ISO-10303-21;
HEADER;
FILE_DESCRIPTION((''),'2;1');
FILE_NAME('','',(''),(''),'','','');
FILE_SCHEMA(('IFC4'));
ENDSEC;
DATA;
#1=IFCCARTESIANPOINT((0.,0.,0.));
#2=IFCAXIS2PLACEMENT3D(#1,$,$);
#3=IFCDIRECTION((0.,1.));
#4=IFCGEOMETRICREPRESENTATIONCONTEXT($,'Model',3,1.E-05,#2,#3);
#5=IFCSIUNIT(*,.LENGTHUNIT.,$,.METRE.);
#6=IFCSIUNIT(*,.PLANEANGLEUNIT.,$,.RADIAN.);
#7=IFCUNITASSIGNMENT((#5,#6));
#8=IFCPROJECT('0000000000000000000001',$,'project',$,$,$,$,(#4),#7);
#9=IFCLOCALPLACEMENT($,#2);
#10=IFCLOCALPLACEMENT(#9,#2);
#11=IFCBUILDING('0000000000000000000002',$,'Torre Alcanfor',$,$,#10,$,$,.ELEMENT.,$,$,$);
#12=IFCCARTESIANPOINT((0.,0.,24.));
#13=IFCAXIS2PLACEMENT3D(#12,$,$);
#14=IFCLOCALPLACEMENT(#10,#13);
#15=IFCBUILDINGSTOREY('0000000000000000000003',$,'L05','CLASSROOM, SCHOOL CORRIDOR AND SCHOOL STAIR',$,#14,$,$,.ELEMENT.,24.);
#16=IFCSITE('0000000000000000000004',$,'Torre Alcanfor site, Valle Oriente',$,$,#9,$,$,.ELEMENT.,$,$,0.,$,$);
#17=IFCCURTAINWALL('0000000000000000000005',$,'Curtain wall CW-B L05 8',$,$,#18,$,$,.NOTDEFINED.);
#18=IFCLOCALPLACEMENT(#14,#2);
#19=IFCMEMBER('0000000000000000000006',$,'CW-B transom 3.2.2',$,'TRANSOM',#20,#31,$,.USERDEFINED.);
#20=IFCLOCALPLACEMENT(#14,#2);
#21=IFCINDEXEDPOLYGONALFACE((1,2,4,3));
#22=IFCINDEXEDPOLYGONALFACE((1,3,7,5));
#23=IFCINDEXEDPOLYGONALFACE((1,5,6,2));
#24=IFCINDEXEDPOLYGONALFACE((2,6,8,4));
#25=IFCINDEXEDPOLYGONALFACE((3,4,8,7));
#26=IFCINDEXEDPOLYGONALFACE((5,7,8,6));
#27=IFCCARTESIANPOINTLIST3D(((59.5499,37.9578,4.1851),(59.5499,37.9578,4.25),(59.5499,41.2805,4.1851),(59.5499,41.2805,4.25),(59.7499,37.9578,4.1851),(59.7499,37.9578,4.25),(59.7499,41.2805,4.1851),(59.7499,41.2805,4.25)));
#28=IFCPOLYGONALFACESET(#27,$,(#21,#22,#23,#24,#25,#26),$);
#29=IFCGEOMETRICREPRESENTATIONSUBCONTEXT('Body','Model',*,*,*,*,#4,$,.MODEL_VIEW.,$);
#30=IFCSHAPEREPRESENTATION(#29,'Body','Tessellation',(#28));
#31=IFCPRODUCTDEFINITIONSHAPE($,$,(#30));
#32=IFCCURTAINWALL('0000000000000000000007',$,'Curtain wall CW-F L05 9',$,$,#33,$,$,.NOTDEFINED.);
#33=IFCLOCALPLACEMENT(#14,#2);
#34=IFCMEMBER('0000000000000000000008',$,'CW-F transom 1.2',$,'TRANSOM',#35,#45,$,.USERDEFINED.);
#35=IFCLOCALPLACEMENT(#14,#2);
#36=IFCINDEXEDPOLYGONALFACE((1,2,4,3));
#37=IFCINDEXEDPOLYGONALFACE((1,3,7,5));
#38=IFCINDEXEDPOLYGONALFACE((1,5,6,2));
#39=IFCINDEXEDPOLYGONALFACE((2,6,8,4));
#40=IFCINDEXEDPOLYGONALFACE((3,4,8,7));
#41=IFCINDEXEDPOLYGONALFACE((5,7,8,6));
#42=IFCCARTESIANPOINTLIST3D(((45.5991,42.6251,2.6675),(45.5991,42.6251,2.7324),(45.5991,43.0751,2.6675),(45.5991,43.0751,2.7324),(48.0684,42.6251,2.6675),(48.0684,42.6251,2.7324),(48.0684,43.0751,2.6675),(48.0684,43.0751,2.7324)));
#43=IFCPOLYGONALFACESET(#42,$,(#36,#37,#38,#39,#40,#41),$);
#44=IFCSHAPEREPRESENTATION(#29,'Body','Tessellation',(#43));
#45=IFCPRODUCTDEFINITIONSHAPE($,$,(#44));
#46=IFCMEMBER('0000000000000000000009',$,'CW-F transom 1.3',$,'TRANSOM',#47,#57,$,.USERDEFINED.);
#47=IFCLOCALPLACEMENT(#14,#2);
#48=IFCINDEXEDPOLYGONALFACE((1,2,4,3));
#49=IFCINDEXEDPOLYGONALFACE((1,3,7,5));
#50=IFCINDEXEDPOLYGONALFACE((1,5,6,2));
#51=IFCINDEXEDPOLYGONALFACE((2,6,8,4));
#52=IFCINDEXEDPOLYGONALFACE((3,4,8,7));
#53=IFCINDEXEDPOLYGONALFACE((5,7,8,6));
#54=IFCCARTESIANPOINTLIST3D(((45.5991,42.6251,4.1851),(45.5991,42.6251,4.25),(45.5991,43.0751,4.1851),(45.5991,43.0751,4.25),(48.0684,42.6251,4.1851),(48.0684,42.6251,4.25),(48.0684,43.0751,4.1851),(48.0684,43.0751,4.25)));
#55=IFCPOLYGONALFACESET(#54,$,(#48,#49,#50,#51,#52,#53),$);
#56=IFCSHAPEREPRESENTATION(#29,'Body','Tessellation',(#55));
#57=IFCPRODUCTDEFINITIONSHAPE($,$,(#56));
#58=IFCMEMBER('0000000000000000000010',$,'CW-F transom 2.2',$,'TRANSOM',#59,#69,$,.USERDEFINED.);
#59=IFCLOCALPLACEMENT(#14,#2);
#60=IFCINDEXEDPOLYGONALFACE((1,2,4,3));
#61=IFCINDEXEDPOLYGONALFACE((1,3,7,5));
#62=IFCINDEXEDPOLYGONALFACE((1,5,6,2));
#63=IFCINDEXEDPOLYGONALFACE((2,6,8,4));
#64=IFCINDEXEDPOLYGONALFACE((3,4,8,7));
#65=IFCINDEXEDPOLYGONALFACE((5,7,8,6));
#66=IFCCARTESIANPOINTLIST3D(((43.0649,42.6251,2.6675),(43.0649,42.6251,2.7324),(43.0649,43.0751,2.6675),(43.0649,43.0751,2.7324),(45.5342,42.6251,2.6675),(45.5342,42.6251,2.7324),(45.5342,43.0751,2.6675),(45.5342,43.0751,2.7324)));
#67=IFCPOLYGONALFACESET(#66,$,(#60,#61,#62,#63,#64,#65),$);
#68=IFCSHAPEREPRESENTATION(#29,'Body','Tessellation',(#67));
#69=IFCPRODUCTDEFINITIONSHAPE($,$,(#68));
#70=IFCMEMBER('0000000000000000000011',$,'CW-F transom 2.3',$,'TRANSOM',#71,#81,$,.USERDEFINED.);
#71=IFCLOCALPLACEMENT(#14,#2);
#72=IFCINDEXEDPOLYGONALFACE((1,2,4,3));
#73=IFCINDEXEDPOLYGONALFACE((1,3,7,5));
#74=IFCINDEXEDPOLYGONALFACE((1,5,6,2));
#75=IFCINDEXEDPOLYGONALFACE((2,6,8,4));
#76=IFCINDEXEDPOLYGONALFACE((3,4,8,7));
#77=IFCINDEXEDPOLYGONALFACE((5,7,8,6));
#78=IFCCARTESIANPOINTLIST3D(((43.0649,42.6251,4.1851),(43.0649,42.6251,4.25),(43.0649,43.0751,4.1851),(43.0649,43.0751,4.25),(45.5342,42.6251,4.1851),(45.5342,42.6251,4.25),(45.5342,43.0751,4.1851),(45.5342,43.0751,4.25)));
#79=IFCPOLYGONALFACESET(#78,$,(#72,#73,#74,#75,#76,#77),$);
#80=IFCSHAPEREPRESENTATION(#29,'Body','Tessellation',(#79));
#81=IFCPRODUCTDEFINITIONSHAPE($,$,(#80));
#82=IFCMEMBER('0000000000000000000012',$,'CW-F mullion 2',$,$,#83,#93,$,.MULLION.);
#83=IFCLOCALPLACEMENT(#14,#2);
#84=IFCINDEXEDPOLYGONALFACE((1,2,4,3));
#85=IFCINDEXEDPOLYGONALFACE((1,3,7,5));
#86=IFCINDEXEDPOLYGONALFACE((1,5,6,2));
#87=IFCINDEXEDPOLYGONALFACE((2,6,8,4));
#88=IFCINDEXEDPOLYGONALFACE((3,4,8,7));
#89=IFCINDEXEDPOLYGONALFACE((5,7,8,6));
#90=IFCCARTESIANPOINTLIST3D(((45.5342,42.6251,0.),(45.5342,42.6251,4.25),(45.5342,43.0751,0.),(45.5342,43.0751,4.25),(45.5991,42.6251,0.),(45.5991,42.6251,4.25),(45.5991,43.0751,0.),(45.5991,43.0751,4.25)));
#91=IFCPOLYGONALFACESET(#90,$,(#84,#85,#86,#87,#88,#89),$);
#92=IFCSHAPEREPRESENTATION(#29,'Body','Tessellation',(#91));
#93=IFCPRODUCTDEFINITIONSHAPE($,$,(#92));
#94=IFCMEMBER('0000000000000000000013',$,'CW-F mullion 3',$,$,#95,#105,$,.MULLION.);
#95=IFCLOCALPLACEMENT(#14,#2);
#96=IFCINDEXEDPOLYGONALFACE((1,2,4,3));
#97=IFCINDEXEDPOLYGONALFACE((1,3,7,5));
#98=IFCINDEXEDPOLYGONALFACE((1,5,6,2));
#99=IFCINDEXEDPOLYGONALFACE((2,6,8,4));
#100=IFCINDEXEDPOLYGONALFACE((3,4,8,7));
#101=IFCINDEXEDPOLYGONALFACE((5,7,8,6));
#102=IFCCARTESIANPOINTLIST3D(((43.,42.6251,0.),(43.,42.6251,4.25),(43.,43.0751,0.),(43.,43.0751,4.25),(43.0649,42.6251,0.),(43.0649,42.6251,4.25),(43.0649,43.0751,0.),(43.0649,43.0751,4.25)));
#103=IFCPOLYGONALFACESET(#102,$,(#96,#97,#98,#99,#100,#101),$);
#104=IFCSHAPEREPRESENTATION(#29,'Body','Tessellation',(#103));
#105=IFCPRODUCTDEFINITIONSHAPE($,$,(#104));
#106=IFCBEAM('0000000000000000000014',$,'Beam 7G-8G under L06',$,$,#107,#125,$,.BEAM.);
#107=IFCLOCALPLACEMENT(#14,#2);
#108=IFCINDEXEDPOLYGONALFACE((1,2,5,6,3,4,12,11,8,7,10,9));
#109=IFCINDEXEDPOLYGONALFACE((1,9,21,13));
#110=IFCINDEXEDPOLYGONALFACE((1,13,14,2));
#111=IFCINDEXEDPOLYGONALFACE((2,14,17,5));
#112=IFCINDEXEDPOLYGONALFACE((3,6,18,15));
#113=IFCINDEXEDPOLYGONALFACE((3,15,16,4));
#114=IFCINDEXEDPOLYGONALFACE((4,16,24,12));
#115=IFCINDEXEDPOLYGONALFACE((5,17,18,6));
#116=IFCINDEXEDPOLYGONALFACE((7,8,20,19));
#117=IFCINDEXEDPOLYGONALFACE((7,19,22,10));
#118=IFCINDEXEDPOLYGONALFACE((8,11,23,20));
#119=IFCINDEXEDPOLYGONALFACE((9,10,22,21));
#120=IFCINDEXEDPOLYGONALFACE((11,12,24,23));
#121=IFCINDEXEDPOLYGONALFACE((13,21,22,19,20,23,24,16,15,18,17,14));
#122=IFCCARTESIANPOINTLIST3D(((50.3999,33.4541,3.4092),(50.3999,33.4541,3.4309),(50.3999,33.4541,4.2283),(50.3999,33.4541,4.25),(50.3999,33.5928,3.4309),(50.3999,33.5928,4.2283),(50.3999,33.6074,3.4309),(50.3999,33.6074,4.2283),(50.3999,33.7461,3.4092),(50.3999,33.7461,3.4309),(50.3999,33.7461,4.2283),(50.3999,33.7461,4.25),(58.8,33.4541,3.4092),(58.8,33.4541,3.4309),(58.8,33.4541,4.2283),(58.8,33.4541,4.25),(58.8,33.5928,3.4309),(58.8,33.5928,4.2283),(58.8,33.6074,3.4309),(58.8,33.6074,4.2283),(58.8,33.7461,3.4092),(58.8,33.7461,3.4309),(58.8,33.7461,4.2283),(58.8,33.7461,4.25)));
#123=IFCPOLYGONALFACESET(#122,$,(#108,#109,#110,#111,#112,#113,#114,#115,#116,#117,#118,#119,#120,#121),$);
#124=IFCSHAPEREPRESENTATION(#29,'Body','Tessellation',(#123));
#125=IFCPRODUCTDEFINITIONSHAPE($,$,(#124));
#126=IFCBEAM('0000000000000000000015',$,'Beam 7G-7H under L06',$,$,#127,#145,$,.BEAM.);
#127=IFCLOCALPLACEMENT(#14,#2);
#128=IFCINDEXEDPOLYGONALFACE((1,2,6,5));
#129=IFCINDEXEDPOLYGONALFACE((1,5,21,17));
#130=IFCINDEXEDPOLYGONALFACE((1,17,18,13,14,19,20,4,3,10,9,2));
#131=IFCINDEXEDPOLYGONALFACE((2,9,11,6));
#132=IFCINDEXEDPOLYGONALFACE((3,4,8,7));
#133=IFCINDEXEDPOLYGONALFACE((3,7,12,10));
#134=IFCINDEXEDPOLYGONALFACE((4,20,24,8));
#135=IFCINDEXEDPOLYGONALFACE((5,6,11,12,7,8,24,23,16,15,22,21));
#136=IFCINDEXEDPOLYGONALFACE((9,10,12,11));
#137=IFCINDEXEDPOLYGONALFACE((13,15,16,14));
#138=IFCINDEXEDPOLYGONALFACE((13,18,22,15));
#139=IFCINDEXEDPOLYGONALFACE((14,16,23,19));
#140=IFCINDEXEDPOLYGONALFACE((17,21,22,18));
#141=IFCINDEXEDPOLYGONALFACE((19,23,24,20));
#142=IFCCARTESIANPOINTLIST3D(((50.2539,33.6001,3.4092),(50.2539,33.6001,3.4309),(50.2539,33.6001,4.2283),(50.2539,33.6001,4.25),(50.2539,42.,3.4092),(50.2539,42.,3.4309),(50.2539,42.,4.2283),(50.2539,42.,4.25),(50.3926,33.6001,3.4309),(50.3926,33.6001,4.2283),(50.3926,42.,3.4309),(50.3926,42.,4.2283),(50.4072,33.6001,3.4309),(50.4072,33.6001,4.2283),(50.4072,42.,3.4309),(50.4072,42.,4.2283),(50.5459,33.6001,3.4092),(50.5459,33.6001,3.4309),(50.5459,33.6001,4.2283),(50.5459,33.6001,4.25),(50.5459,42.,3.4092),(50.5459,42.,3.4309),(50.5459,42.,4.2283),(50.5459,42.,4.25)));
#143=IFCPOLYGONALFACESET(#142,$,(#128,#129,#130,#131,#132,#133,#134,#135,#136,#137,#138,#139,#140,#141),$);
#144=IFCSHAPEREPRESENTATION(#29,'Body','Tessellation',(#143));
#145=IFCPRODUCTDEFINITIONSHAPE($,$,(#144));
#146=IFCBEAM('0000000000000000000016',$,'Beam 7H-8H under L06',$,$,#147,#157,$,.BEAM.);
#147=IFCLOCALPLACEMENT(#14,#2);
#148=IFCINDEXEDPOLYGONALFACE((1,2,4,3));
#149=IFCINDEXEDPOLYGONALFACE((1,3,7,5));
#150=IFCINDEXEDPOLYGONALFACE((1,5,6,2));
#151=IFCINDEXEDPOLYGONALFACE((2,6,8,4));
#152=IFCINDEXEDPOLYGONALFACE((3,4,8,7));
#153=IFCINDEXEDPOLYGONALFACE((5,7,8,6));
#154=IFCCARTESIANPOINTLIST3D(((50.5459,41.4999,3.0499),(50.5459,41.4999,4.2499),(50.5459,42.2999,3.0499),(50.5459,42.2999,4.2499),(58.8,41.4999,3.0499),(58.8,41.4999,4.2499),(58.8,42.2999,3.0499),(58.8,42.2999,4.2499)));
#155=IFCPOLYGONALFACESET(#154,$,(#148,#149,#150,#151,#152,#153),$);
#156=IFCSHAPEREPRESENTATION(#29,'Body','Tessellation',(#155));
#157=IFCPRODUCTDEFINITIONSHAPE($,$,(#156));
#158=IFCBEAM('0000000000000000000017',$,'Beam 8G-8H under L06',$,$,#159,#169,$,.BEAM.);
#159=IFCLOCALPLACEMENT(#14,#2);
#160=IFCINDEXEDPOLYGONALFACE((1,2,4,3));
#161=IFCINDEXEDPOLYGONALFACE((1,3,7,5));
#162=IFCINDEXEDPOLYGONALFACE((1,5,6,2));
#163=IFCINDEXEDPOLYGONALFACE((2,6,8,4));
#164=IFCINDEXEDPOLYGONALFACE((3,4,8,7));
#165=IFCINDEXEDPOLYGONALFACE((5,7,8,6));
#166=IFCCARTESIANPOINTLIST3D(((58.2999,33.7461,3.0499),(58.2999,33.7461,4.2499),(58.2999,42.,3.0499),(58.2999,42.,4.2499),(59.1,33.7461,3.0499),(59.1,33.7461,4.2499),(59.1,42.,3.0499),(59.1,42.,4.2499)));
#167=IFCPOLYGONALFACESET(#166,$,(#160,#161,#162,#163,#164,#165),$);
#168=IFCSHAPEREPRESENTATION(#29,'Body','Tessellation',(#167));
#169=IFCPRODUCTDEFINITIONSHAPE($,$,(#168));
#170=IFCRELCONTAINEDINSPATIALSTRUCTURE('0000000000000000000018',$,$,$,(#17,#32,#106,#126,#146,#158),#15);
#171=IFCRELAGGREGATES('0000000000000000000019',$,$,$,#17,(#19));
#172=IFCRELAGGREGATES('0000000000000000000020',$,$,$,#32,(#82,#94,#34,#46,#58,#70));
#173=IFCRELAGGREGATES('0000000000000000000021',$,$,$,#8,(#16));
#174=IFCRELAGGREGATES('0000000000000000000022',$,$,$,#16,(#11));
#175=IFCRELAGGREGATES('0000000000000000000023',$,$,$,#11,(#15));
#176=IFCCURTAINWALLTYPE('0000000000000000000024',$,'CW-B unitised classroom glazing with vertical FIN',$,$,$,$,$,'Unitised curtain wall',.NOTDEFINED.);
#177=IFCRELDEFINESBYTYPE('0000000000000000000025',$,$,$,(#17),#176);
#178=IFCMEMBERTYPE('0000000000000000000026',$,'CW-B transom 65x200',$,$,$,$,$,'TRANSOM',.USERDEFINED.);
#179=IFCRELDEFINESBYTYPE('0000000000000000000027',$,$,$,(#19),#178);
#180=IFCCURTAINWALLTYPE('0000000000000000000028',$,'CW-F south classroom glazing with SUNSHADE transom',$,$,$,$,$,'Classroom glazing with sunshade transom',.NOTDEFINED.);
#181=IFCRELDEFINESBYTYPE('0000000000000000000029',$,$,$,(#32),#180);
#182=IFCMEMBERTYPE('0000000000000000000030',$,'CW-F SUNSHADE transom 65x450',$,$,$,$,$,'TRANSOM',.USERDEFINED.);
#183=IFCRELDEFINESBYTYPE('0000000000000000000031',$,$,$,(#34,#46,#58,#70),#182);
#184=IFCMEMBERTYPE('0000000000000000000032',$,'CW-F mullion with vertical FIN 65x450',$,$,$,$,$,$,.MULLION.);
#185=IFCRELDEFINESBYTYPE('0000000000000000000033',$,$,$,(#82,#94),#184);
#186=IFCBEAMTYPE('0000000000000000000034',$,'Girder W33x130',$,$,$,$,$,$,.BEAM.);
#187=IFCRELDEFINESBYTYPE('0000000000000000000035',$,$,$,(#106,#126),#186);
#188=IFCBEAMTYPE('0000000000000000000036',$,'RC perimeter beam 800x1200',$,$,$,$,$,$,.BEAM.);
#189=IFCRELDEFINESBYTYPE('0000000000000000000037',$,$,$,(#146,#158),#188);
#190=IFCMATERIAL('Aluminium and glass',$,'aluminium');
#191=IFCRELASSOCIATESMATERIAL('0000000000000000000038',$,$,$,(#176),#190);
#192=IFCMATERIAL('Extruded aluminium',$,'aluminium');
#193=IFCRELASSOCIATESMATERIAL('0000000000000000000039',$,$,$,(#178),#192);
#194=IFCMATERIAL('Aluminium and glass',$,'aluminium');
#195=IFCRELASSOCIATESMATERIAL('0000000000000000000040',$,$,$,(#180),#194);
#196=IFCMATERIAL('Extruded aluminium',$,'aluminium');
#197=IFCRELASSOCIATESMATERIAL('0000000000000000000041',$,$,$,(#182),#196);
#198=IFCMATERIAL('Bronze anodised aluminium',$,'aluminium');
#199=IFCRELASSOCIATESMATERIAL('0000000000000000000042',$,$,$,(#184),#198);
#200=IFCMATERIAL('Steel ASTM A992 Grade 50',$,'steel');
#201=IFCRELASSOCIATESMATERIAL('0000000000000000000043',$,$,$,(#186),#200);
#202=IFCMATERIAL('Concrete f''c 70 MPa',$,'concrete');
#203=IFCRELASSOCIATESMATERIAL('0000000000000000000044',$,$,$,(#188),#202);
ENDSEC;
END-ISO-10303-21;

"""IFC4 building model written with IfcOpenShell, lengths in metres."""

from ifc_helpers import new_model, si_unit, direction, frame, origin, origin_2d, place, context, subcontext, project, spatial, rectangle, i_section, extrude, material, material_profile, profile_set, type_object, element, aggregate, save


model = new_model("IFC4")

# Units and contexts
model_context = context("Model", 3, precision=1e-05, world=origin(), true_north=direction((0.0, 1.0)))
body_context = subcontext(model_context, "Body", "Model", "MODEL_VIEW")
ifc_project = project(units=[si_unit("LENGTHUNIT", "METRE"), si_unit("PLANEANGLEUNIT", "RADIAN")], contexts=[model_context])

# Site, building, storey
site_placement = place(None, origin())
site = spatial("IfcSite", under=ifc_project, at=site_placement, Name="Torre Alcanfor site, Valle Oriente", CompositionType="ELEMENT", RefElevation=0.0)
building_placement = place(site_placement, origin())
building = spatial("IfcBuilding", under=site, at=building_placement, Name="Torre Alcanfor", CompositionType="ELEMENT")
storey_placement = place(building_placement, frame((0.0, 0.0, 24.0)))
storey = spatial("IfcBuildingStorey", under=building, at=storey_placement, Name="L05", Description="CLASSROOM, SCHOOL CORRIDOR AND SCHOOL STAIR", CompositionType="ELEMENT", Elevation=24.0)

# Curtain walls, members
ifc_material_1 = material(Name="Aluminium and glass", Category="aluminium")
curtain_wall_type_1 = type_object("IfcCurtainWallType", Name="CW-B unitised classroom glazing with vertical FIN", ElementType="Unitised curtain wall", PredefinedType="NOTDEFINED", material=ifc_material_1)
curtain_wall_1_placement = place(storey_placement, origin())
curtain_wall_1 = element("IfcCurtainWall", 1, at=curtain_wall_1_placement, inside=storey, type_object=curtain_wall_type_1, Name="Curtain wall CW-B L05 8", PredefinedType="NOTDEFINED")
ifc_material_2 = material(Name="Extruded aluminium", Category="aluminium")
ifc_material_profile_1 = material_profile(ifc_material_2, rectangle(XDim=0.2, YDim=0.0649, at=origin_2d()), Name="CW-B transom 200x65")
ifc_profile_set_1 = profile_set([ifc_material_profile_1], Name="Extruded aluminium")
member_type_1 = type_object("IfcMemberType", Name="CW-B transom 65x200", ElementType="TRANSOM", PredefinedType="USERDEFINED", material=ifc_profile_set_1)
member_1_placement = place(storey_placement, frame((59.6499, 37.9578, 4.2175), z_axis=(0.0, 1.0, 0.0), x_axis=(-1.0, 0.0, 0.0)))
member_1 = element("IfcMember", 2, at=member_1_placement, type_object=member_type_1, Name="CW-B transom 3.2.2", ObjectType="TRANSOM", PredefinedType="USERDEFINED", context=body_context, shape_type="SweptSolid", body=[
    extrude(rectangle(XDim=0.2, YDim=0.0649, at=origin_2d()), origin(), (0.0, 0.0, 1.0), 3.3228),
])
ifc_material_3 = material(Name="Aluminium and glass", Category="aluminium")
curtain_wall_type_2 = type_object("IfcCurtainWallType", Name="CW-F south classroom glazing with SUNSHADE transom", ElementType="Classroom glazing with sunshade transom", PredefinedType="NOTDEFINED", material=ifc_material_3)
curtain_wall_2_placement = place(storey_placement, origin())
curtain_wall_2 = element("IfcCurtainWall", 3, at=curtain_wall_2_placement, inside=storey, type_object=curtain_wall_type_2, Name="Curtain wall CW-F L05 9", PredefinedType="NOTDEFINED")
ifc_material_4 = material(Name="Extruded aluminium", Category="aluminium")
ifc_material_profile_2 = material_profile(ifc_material_4, rectangle(XDim=0.45, YDim=0.0649, at=origin_2d()), Name="CW-F transom 450x65")
ifc_profile_set_2 = profile_set([ifc_material_profile_2], Name="Extruded aluminium")
member_type_2 = type_object("IfcMemberType", Name="CW-F SUNSHADE transom 65x450", ElementType="TRANSOM", PredefinedType="USERDEFINED", material=ifc_profile_set_2)
member_2_placement = place(storey_placement, frame((48.0684, 42.8501, 2.7), z_axis=(-1.0, 0.0, 0.0), x_axis=(0.0, -1.0, 0.0)))
member_2 = element("IfcMember", 4, at=member_2_placement, type_object=member_type_2, Name="CW-F transom 1.2", ObjectType="TRANSOM", PredefinedType="USERDEFINED", context=body_context, shape_type="SweptSolid", body=[
    extrude(rectangle(XDim=0.45, YDim=0.0649, at=origin_2d()), origin(), (0.0, 0.0, 1.0), 2.4692),
])
member_3_placement = place(storey_placement, frame((48.0684, 42.8501, 4.2175), z_axis=(-1.0, 0.0, 0.0), x_axis=(0.0, -1.0, 0.0)))
member_3 = element("IfcMember", 5, at=member_3_placement, type_object=member_type_2, Name="CW-F transom 1.3", ObjectType="TRANSOM", PredefinedType="USERDEFINED", context=body_context, shape_type="SweptSolid", body=[
    extrude(rectangle(XDim=0.45, YDim=0.0649, at=origin_2d()), origin(), (0.0, 0.0, 1.0), 2.4692),
])
member_4_placement = place(storey_placement, frame((45.5342, 42.8501, 2.7), z_axis=(-1.0, 0.0, 0.0), x_axis=(0.0, -1.0, 0.0)))
member_4 = element("IfcMember", 6, at=member_4_placement, type_object=member_type_2, Name="CW-F transom 2.2", ObjectType="TRANSOM", PredefinedType="USERDEFINED", context=body_context, shape_type="SweptSolid", body=[
    extrude(rectangle(XDim=0.45, YDim=0.0649, at=origin_2d()), origin(), (0.0, 0.0, 1.0), 2.4692),
])
member_5_placement = place(storey_placement, frame((45.5342, 42.8501, 4.2175), z_axis=(-1.0, 0.0, 0.0), x_axis=(0.0, -1.0, 0.0)))
member_5 = element("IfcMember", 7, at=member_5_placement, type_object=member_type_2, Name="CW-F transom 2.3", ObjectType="TRANSOM", PredefinedType="USERDEFINED", context=body_context, shape_type="SweptSolid", body=[
    extrude(rectangle(XDim=0.45, YDim=0.0649, at=origin_2d()), origin(), (0.0, 0.0, 1.0), 2.4692),
])
ifc_material_5 = material(Name="Bronze anodised aluminium", Category="aluminium")
ifc_material_profile_3 = material_profile(ifc_material_5, rectangle(XDim=0.45, YDim=0.0649, at=origin_2d()), Name="CW-F mullion 65x450")
ifc_profile_set_3 = profile_set([ifc_material_profile_3], Name="Bronze anodised aluminium")
member_type_3 = type_object("IfcMemberType", Name="CW-F mullion with vertical FIN 65x450", PredefinedType="MULLION", material=ifc_profile_set_3)
member_6_placement = place(storey_placement, frame((45.5667, 42.8501, 0.0), z_axis=(0.0, 0.0, 1.0), x_axis=(0.0, -1.0, 0.0)))
member_6 = element("IfcMember", 8, at=member_6_placement, type_object=member_type_3, Name="CW-F mullion 2", PredefinedType="MULLION", context=body_context, shape_type="SweptSolid", body=[
    extrude(rectangle(XDim=0.45, YDim=0.0649, at=origin_2d()), origin(), (0.0, 0.0, 1.0), 4.25),
])
member_7_placement = place(storey_placement, frame((43.0325, 42.8501, 0.0), z_axis=(0.0, 0.0, 1.0), x_axis=(0.0, -1.0, 0.0)))
member_7 = element("IfcMember", 9, at=member_7_placement, type_object=member_type_3, Name="CW-F mullion 3", PredefinedType="MULLION", context=body_context, shape_type="SweptSolid", body=[
    extrude(rectangle(XDim=0.45, YDim=0.0649, at=origin_2d()), origin(), (0.0, 0.0, 1.0), 4.25),
])

# Beams
ifc_material_6 = material(Name="Steel ASTM A992 Grade 50", Category="steel")
ifc_material_profile_4 = material_profile(ifc_material_6, i_section(OverallWidth=0.292, OverallDepth=0.8408, WebThickness=0.0146, FlangeThickness=0.0217, at=origin_2d()), Name="W33x130")
ifc_profile_set_4 = profile_set([ifc_material_profile_4], Name="Steel ASTM A992 Grade 50")
beam_type_1 = type_object("IfcBeamType", Name="Girder W33x130", PredefinedType="BEAM", material=ifc_profile_set_4)
beam_1_placement = place(storey_placement, frame((50.3999, 33.6001, 3.8296), z_axis=(1.0, 0.0, 0.0), x_axis=(0.0, 1.0, 0.0)))
element("IfcBeam", 10, at=beam_1_placement, inside=storey, type_object=beam_type_1, Name="Beam 7G-8G under L06", PredefinedType="BEAM", context=body_context, shape_type="SweptSolid", body=[
    extrude(i_section(OverallWidth=0.292, OverallDepth=0.8408, WebThickness=0.0146, FlangeThickness=0.0217, at=origin_2d()), origin(), (0.0, 0.0, 1.0), 8.4001),
])
beam_2_placement = place(storey_placement, frame((50.3999, 33.6001, 3.8296), z_axis=(0.0, 1.0, 0.0), x_axis=(-1.0, 0.0, 0.0)))
element("IfcBeam", 11, at=beam_2_placement, inside=storey, type_object=beam_type_1, Name="Beam 7G-7H under L06", PredefinedType="BEAM", context=body_context, shape_type="SweptSolid", body=[
    extrude(i_section(OverallWidth=0.292, OverallDepth=0.8408, WebThickness=0.0146, FlangeThickness=0.0217, at=origin_2d()), origin(), (0.0, 0.0, 1.0), 8.3999),
])
ifc_material_7 = material(Name="Concrete f'c 70 MPa", Category="concrete")
ifc_material_profile_5 = material_profile(ifc_material_7, rectangle(XDim=0.8, YDim=1.2, at=origin_2d()), Name="800x1200")
ifc_profile_set_5 = profile_set([ifc_material_profile_5], Name="Concrete f'c 70 MPa")
beam_type_2 = type_object("IfcBeamType", Name="RC perimeter beam 800x1200", PredefinedType="BEAM", material=ifc_profile_set_5)
beam_3_placement = place(storey_placement, frame((50.5459, 41.8999, 3.6499), z_axis=(1.0, 0.0, 0.0), x_axis=(0.0, 1.0, 0.0)))
element("IfcBeam", 12, at=beam_3_placement, inside=storey, type_object=beam_type_2, Name="Beam 7H-8H under L06", PredefinedType="BEAM", context=body_context, shape_type="SweptSolid", body=[
    extrude(rectangle(XDim=0.8, YDim=1.2, at=origin_2d()), origin(), (0.0, 0.0, 1.0), 8.2542),
])
beam_4_placement = place(storey_placement, frame((58.7, 33.7461, 3.6499), z_axis=(0.0, 1.0, 0.0), x_axis=(-1.0, 0.0, 0.0)))
element("IfcBeam", 13, at=beam_4_placement, inside=storey, type_object=beam_type_2, Name="Beam 8G-8H under L06", PredefinedType="BEAM", context=body_context, shape_type="SweptSolid", body=[
    extrude(rectangle(XDim=0.8, YDim=1.2, at=origin_2d()), origin(), (0.0, 0.0, 1.0), 8.2539),
])

aggregate(curtain_wall_1, [member_1])
aggregate(curtain_wall_2, [member_6, member_7, member_2, member_3, member_4, member_5])

save(model, "model.ifc")
